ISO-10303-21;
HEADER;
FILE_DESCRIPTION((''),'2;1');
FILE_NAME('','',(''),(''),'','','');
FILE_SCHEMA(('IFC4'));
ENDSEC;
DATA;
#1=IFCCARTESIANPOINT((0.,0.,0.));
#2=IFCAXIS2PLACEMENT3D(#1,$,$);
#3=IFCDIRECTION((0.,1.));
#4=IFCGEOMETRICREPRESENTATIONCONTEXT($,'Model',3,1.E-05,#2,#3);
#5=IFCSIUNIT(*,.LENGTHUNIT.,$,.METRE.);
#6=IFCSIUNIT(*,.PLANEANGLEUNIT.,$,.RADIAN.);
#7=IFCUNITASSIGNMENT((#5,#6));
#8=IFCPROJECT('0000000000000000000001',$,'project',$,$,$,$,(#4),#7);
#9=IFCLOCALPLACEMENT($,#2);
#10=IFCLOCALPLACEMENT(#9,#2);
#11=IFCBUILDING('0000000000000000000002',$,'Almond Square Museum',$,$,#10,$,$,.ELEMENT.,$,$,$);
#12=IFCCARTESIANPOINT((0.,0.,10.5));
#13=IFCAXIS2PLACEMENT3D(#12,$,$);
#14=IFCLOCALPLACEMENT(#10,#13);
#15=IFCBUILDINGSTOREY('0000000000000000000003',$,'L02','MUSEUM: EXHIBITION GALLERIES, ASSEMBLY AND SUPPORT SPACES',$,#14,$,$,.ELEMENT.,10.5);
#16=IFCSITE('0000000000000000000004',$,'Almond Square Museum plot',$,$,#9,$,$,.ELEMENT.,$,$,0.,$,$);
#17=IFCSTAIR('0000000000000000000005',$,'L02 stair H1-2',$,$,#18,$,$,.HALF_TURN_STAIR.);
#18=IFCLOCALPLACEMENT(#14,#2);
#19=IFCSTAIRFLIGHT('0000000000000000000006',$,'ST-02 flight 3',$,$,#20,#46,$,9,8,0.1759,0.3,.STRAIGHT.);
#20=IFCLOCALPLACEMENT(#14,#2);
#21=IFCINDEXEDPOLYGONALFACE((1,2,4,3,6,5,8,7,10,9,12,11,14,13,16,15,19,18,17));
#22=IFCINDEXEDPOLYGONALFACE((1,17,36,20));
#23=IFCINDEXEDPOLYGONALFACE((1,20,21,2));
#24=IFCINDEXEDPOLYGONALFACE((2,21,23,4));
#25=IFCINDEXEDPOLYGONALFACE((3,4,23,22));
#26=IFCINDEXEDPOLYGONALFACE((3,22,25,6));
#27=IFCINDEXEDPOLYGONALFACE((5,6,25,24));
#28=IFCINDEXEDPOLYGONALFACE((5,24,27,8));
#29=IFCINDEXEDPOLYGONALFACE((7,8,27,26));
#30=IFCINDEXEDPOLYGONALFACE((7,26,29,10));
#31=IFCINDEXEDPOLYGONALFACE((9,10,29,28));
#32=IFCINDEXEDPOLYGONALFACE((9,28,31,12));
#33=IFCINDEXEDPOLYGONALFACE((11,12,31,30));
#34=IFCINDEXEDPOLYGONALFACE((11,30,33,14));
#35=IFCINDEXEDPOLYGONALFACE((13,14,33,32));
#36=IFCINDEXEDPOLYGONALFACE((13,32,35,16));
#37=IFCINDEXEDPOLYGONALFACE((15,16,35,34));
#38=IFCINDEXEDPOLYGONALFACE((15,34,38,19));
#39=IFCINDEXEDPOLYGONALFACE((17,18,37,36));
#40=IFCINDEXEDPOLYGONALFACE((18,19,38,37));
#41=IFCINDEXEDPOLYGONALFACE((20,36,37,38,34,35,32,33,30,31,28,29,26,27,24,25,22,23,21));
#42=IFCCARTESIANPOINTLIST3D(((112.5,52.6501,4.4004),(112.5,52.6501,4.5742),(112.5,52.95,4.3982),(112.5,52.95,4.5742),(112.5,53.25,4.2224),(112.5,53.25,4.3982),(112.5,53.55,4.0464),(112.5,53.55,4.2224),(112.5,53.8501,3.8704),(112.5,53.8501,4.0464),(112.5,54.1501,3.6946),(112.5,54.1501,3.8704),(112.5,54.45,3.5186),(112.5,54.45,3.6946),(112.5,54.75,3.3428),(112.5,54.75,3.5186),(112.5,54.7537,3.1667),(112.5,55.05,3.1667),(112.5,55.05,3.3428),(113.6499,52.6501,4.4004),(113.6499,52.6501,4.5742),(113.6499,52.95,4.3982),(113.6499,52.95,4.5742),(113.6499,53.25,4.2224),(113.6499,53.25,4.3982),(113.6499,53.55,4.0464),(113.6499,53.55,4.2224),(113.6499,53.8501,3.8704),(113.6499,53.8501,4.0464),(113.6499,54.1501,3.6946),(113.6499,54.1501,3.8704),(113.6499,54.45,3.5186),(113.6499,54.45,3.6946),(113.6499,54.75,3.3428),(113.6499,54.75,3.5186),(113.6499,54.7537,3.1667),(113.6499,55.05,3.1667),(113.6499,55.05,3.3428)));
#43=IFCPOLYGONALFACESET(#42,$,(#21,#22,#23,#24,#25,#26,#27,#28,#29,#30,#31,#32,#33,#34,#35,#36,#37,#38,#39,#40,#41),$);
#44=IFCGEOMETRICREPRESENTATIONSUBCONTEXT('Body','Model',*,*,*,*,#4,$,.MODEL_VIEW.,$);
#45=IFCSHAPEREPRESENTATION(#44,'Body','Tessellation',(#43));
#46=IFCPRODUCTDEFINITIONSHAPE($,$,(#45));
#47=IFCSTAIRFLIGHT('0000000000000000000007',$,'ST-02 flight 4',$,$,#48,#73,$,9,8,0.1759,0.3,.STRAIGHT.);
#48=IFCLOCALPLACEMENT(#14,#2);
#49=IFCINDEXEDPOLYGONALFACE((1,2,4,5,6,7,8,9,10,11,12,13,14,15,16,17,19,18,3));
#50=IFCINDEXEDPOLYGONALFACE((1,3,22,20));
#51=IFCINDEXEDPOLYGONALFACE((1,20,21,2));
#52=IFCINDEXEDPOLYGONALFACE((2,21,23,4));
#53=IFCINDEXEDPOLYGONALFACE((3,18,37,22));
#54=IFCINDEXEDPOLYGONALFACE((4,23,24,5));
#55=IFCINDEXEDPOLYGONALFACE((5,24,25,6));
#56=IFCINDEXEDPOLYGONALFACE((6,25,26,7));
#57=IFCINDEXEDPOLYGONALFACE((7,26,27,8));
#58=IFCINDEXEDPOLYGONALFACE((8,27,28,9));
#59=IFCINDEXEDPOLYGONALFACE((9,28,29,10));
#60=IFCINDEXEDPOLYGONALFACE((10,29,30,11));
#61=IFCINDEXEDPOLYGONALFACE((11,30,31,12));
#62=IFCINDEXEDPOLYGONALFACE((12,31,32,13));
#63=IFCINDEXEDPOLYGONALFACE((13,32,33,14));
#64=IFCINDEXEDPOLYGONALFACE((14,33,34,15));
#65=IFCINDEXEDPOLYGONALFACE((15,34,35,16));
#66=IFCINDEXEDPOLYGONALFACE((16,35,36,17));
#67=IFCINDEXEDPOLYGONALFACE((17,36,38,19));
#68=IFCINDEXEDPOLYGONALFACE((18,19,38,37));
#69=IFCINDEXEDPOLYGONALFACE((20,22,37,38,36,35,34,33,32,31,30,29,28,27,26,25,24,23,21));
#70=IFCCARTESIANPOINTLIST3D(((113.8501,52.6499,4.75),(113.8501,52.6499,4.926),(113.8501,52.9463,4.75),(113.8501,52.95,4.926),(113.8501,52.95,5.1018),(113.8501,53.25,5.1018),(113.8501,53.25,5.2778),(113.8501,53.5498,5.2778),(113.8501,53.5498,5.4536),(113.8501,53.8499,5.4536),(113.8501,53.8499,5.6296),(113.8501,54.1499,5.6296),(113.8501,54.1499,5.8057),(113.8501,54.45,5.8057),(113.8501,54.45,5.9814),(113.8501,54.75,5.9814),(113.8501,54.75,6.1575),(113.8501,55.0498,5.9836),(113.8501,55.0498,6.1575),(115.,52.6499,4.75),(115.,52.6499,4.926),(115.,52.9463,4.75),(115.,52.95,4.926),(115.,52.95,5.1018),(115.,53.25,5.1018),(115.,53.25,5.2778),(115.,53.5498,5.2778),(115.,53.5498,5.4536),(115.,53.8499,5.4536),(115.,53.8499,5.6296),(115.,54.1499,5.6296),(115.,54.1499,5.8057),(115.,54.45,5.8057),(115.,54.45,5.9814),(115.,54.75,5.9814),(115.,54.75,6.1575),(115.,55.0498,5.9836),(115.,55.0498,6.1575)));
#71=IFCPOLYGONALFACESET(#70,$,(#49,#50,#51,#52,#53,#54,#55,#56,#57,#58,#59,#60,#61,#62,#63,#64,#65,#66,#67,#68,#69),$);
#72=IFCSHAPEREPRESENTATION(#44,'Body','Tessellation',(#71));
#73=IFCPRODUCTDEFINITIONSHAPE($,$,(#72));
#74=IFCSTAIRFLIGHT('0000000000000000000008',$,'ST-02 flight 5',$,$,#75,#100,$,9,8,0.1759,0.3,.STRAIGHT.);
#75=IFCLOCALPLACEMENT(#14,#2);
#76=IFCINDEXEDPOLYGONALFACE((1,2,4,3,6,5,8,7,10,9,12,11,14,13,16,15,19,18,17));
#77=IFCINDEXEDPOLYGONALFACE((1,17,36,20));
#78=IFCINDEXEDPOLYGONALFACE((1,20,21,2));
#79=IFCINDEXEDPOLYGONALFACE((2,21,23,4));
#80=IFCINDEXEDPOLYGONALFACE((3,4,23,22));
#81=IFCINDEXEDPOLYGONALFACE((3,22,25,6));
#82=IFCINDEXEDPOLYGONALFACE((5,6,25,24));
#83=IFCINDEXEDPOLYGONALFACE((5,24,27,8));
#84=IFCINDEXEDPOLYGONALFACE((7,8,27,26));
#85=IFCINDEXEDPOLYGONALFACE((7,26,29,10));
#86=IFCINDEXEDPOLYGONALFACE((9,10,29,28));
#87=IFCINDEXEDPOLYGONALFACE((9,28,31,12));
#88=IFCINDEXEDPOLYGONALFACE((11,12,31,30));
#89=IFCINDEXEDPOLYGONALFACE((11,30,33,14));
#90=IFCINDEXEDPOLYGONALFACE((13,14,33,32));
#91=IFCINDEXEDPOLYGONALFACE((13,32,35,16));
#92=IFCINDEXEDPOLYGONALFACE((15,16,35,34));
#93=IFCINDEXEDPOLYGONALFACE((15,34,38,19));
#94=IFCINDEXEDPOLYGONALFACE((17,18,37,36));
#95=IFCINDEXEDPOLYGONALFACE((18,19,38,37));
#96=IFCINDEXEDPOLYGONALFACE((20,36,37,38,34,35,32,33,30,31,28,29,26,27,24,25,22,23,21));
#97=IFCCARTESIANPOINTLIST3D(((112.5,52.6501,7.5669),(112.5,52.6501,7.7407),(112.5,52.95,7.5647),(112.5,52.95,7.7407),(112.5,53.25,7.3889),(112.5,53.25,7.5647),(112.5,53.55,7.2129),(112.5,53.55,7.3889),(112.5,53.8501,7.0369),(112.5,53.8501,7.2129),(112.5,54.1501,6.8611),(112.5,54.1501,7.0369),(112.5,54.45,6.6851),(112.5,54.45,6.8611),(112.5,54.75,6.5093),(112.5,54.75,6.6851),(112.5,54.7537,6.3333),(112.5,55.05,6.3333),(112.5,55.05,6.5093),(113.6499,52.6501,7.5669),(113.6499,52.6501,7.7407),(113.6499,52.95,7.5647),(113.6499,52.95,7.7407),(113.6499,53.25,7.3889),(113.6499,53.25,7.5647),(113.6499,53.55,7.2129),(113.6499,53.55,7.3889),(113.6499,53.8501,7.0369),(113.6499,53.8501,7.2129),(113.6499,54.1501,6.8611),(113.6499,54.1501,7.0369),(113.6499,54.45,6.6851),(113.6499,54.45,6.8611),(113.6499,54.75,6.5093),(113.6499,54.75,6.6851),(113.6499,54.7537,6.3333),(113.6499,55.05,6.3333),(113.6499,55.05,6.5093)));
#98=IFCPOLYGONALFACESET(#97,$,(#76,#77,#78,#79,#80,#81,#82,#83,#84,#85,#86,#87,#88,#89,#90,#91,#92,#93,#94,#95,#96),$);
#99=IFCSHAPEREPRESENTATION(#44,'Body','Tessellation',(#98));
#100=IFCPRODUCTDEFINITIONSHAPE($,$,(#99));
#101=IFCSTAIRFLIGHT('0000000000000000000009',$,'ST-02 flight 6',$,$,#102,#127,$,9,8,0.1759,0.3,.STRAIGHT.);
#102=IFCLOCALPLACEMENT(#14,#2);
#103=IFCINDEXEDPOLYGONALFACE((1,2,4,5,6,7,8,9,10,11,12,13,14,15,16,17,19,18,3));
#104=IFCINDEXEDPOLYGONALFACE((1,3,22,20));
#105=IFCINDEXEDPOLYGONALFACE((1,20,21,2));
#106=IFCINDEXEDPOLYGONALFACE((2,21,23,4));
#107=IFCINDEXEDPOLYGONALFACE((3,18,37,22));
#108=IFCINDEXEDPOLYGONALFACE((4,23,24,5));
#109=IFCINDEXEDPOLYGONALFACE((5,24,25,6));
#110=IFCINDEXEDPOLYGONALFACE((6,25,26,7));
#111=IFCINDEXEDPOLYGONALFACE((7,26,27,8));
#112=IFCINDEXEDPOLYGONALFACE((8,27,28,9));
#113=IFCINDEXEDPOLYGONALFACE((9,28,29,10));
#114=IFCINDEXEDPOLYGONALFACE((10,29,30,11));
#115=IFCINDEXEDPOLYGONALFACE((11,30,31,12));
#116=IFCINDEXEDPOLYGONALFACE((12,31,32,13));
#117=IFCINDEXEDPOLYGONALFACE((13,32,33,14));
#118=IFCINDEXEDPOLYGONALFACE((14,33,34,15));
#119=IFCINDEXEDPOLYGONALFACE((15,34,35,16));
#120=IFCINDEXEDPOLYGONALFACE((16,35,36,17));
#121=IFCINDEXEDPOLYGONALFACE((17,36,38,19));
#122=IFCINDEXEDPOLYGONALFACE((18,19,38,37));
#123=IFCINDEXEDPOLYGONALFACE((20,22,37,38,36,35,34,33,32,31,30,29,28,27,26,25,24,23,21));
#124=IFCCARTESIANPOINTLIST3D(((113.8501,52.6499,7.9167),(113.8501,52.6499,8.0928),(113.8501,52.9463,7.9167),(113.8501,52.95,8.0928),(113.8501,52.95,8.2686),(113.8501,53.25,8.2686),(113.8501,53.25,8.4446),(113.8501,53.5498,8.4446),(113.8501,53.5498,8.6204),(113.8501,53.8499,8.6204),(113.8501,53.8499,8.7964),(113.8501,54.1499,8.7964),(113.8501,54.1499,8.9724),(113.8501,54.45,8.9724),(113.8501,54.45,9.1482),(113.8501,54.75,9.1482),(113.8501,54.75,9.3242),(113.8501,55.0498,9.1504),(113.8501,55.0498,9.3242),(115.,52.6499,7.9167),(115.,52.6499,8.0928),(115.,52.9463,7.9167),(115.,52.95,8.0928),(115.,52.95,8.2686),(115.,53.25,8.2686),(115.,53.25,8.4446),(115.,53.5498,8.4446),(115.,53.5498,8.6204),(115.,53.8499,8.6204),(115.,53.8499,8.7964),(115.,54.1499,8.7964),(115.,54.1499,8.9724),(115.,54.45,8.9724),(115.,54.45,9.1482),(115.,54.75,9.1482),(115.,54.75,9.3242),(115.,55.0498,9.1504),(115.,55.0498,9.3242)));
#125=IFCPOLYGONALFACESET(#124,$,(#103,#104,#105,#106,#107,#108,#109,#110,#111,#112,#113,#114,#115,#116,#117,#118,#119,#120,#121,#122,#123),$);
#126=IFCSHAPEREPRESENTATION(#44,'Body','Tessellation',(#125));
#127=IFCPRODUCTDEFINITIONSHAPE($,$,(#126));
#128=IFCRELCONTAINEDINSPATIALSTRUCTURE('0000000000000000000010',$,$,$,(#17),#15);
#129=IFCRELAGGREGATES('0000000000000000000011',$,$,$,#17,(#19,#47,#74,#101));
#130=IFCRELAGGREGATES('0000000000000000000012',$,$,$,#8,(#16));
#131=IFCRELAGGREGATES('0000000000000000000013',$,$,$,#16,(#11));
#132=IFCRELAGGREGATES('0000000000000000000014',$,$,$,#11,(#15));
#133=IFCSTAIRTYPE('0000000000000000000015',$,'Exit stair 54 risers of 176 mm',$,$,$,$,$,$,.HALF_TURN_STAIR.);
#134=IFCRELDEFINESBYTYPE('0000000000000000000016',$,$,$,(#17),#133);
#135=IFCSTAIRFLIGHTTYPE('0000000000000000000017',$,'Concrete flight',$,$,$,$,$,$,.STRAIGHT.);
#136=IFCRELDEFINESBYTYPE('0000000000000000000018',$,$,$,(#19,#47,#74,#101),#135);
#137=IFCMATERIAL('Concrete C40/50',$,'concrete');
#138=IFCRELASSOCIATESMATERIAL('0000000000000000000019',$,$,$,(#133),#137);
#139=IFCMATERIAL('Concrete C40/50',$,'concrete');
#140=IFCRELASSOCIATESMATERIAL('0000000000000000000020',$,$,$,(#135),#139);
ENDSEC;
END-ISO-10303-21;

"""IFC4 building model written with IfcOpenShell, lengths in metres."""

from ifc_helpers import new_model, si_unit, direction, frame, origin, place, context, subcontext, project, spatial, polyline, outline, extrude, material, type_object, element, aggregate, save


model = new_model("IFC4")

# Units and contexts
model_context = context("Model", 3, precision=1e-05, world=origin(), true_north=direction((0.0, 1.0)))
body_context = subcontext(model_context, "Body", "Model", "MODEL_VIEW")
ifc_project = project(units=[si_unit("LENGTHUNIT", "METRE"), si_unit("PLANEANGLEUNIT", "RADIAN")], contexts=[model_context])

# Site, building, storey
site_placement = place(None, origin())
site = spatial("IfcSite", under=ifc_project, at=site_placement, Name="Almond Square Museum plot", CompositionType="ELEMENT", RefElevation=0.0)
building_placement = place(site_placement, origin())
building = spatial("IfcBuilding", under=site, at=building_placement, Name="Almond Square Museum", CompositionType="ELEMENT")
storey_placement = place(building_placement, frame((0.0, 0.0, 10.5)))
storey = spatial("IfcBuildingStorey", under=building, at=storey_placement, Name="L02", Description="MUSEUM: EXHIBITION GALLERIES, ASSEMBLY AND SUPPORT SPACES", CompositionType="ELEMENT", Elevation=10.5)

# Stair, stair flights
ifc_material_1 = material(Name="Concrete C40/50", Category="concrete")
stair_type = type_object("IfcStairType", Name="Exit stair 54 risers of 176 mm", PredefinedType="HALF_TURN_STAIR", material=ifc_material_1)
ifc_material_2 = material(Name="Concrete C40/50", Category="concrete")
stair_flight_type = type_object("IfcStairFlightType", Name="Concrete flight", PredefinedType="STRAIGHT", material=ifc_material_2)
stair_1_placement = place(storey_placement, origin())
stair_1 = element("IfcStair", 1, at=stair_1_placement, inside=storey, type_object=stair_type, Name="L02 stair H1-2", PredefinedType="HALF_TURN_STAIR")
stair_flight_1_placement = place(storey_placement, frame((113.075, 55.05, 3.1667), z_axis=(0.0, 0.0, 1.0), x_axis=(0.0, -1.0, 0.0)))
stair_flight_1 = element("IfcStairFlight", 2, at=stair_flight_1_placement, type_object=stair_flight_type, Name="ST-02 flight 3", NumberOfRisers=9, NumberOfTreads=8, PredefinedType="STRAIGHT", RiserHeight=0.1759, TreadLength=0.3, context=body_context, shape_type="SweptSolid", body=[
    extrude(outline(polyline([(0.0, 0.0), (0.0, 0.176), (0.3, 0.176), (0.3, 0.3518), (0.6001, 0.3518), (0.6001, 0.5278), (0.8999, 0.5278), (0.8999, 0.7036), (1.2, 0.7036), (1.2, 0.8796), (1.5, 0.8796), (1.5, 1.0557), (1.8, 1.0557), (1.8, 1.2314), (2.1001, 1.2314), (2.1001, 1.4075), (2.3999, 1.4075), (2.3999, 1.5833), (2.3999, 1.2336), (0.2964, 0.0), (0.0, 0.0)])), frame((0.0, 0.575, 0.0), z_axis=(0.0, -1.0, 0.0), x_axis=(1.0, 0.0, 0.0)), (0.0, 0.0, 1.0), 1.1499),
])
stair_flight_2_placement = place(storey_placement, frame((114.425, 52.6499, 4.75), z_axis=(0.0, 0.0, 1.0), x_axis=(0.0, 1.0, 0.0)))
stair_flight_2 = element("IfcStairFlight", 3, at=stair_flight_2_placement, type_object=stair_flight_type, Name="ST-02 flight 4", NumberOfRisers=9, NumberOfTreads=8, PredefinedType="STRAIGHT", RiserHeight=0.1759, TreadLength=0.3, context=body_context, shape_type="SweptSolid", body=[
    extrude(outline(polyline([(0.0, 0.0), (0.0, 0.176), (0.3, 0.176), (0.3, 0.3518), (0.6001, 0.3518), (0.6001, 0.5278), (0.8999, 0.5278), (0.8999, 0.7036), (1.2, 0.7036), (1.2, 0.8796), (1.5, 0.8796), (1.5, 1.0557), (1.8, 1.0557), (1.8, 1.2314), (2.1001, 1.2314), (2.1001, 1.4075), (2.3999, 1.4075), (2.3999, 1.5833), (2.3999, 1.2336), (0.2964, 0.0), (0.0, 0.0)])), frame((0.0, 0.575, 0.0), z_axis=(0.0, -1.0, 0.0), x_axis=(1.0, 0.0, 0.0)), (0.0, 0.0, 1.0), 1.1499),
])
stair_flight_3_placement = place(storey_placement, frame((113.075, 55.05, 6.3333), z_axis=(0.0, 0.0, 1.0), x_axis=(0.0, -1.0, 0.0)))
stair_flight_3 = element("IfcStairFlight", 4, at=stair_flight_3_placement, type_object=stair_flight_type, Name="ST-02 flight 5", NumberOfRisers=9, NumberOfTreads=8, PredefinedType="STRAIGHT", RiserHeight=0.1759, TreadLength=0.3, context=body_context, shape_type="SweptSolid", body=[
    extrude(outline(polyline([(0.0, 0.0), (0.0, 0.176), (0.3, 0.176), (0.3, 0.3518), (0.6001, 0.3518), (0.6001, 0.5278), (0.8999, 0.5278), (0.8999, 0.7036), (1.2, 0.7036), (1.2, 0.8796), (1.5, 0.8796), (1.5, 1.0557), (1.8, 1.0557), (1.8, 1.2314), (2.1001, 1.2314), (2.1001, 1.4075), (2.3999, 1.4075), (2.3999, 1.5833), (2.3999, 1.2336), (0.2964, 0.0), (0.0, 0.0)])), frame((0.0, 0.575, 0.0), z_axis=(0.0, -1.0, 0.0), x_axis=(1.0, 0.0, 0.0)), (0.0, 0.0, 1.0), 1.1499),
])
stair_flight_4_placement = place(storey_placement, frame((114.425, 52.6499, 7.9167), z_axis=(0.0, 0.0, 1.0), x_axis=(0.0, 1.0, 0.0)))
stair_flight_4 = element("IfcStairFlight", 5, at=stair_flight_4_placement, type_object=stair_flight_type, Name="ST-02 flight 6", NumberOfRisers=9, NumberOfTreads=8, PredefinedType="STRAIGHT", RiserHeight=0.1759, TreadLength=0.3, context=body_context, shape_type="SweptSolid", body=[
    extrude(outline(polyline([(0.0, 0.0), (0.0, 0.176), (0.3, 0.176), (0.3, 0.3518), (0.6001, 0.3518), (0.6001, 0.5278), (0.8999, 0.5278), (0.8999, 0.7036), (1.2, 0.7036), (1.2, 0.8796), (1.5, 0.8796), (1.5, 1.0557), (1.8, 1.0557), (1.8, 1.2314), (2.1001, 1.2314), (2.1001, 1.4075), (2.3999, 1.4075), (2.3999, 1.5833), (2.3999, 1.2336), (0.2964, 0.0), (0.0, 0.0)])), frame((0.0, 0.575, 0.0), z_axis=(0.0, -1.0, 0.0), x_axis=(1.0, 0.0, 0.0)), (0.0, 0.0, 1.0), 1.1499),
])
aggregate(stair_1, [stair_flight_1, stair_flight_2, stair_flight_3, stair_flight_4])

save(model, "model.ifc")
